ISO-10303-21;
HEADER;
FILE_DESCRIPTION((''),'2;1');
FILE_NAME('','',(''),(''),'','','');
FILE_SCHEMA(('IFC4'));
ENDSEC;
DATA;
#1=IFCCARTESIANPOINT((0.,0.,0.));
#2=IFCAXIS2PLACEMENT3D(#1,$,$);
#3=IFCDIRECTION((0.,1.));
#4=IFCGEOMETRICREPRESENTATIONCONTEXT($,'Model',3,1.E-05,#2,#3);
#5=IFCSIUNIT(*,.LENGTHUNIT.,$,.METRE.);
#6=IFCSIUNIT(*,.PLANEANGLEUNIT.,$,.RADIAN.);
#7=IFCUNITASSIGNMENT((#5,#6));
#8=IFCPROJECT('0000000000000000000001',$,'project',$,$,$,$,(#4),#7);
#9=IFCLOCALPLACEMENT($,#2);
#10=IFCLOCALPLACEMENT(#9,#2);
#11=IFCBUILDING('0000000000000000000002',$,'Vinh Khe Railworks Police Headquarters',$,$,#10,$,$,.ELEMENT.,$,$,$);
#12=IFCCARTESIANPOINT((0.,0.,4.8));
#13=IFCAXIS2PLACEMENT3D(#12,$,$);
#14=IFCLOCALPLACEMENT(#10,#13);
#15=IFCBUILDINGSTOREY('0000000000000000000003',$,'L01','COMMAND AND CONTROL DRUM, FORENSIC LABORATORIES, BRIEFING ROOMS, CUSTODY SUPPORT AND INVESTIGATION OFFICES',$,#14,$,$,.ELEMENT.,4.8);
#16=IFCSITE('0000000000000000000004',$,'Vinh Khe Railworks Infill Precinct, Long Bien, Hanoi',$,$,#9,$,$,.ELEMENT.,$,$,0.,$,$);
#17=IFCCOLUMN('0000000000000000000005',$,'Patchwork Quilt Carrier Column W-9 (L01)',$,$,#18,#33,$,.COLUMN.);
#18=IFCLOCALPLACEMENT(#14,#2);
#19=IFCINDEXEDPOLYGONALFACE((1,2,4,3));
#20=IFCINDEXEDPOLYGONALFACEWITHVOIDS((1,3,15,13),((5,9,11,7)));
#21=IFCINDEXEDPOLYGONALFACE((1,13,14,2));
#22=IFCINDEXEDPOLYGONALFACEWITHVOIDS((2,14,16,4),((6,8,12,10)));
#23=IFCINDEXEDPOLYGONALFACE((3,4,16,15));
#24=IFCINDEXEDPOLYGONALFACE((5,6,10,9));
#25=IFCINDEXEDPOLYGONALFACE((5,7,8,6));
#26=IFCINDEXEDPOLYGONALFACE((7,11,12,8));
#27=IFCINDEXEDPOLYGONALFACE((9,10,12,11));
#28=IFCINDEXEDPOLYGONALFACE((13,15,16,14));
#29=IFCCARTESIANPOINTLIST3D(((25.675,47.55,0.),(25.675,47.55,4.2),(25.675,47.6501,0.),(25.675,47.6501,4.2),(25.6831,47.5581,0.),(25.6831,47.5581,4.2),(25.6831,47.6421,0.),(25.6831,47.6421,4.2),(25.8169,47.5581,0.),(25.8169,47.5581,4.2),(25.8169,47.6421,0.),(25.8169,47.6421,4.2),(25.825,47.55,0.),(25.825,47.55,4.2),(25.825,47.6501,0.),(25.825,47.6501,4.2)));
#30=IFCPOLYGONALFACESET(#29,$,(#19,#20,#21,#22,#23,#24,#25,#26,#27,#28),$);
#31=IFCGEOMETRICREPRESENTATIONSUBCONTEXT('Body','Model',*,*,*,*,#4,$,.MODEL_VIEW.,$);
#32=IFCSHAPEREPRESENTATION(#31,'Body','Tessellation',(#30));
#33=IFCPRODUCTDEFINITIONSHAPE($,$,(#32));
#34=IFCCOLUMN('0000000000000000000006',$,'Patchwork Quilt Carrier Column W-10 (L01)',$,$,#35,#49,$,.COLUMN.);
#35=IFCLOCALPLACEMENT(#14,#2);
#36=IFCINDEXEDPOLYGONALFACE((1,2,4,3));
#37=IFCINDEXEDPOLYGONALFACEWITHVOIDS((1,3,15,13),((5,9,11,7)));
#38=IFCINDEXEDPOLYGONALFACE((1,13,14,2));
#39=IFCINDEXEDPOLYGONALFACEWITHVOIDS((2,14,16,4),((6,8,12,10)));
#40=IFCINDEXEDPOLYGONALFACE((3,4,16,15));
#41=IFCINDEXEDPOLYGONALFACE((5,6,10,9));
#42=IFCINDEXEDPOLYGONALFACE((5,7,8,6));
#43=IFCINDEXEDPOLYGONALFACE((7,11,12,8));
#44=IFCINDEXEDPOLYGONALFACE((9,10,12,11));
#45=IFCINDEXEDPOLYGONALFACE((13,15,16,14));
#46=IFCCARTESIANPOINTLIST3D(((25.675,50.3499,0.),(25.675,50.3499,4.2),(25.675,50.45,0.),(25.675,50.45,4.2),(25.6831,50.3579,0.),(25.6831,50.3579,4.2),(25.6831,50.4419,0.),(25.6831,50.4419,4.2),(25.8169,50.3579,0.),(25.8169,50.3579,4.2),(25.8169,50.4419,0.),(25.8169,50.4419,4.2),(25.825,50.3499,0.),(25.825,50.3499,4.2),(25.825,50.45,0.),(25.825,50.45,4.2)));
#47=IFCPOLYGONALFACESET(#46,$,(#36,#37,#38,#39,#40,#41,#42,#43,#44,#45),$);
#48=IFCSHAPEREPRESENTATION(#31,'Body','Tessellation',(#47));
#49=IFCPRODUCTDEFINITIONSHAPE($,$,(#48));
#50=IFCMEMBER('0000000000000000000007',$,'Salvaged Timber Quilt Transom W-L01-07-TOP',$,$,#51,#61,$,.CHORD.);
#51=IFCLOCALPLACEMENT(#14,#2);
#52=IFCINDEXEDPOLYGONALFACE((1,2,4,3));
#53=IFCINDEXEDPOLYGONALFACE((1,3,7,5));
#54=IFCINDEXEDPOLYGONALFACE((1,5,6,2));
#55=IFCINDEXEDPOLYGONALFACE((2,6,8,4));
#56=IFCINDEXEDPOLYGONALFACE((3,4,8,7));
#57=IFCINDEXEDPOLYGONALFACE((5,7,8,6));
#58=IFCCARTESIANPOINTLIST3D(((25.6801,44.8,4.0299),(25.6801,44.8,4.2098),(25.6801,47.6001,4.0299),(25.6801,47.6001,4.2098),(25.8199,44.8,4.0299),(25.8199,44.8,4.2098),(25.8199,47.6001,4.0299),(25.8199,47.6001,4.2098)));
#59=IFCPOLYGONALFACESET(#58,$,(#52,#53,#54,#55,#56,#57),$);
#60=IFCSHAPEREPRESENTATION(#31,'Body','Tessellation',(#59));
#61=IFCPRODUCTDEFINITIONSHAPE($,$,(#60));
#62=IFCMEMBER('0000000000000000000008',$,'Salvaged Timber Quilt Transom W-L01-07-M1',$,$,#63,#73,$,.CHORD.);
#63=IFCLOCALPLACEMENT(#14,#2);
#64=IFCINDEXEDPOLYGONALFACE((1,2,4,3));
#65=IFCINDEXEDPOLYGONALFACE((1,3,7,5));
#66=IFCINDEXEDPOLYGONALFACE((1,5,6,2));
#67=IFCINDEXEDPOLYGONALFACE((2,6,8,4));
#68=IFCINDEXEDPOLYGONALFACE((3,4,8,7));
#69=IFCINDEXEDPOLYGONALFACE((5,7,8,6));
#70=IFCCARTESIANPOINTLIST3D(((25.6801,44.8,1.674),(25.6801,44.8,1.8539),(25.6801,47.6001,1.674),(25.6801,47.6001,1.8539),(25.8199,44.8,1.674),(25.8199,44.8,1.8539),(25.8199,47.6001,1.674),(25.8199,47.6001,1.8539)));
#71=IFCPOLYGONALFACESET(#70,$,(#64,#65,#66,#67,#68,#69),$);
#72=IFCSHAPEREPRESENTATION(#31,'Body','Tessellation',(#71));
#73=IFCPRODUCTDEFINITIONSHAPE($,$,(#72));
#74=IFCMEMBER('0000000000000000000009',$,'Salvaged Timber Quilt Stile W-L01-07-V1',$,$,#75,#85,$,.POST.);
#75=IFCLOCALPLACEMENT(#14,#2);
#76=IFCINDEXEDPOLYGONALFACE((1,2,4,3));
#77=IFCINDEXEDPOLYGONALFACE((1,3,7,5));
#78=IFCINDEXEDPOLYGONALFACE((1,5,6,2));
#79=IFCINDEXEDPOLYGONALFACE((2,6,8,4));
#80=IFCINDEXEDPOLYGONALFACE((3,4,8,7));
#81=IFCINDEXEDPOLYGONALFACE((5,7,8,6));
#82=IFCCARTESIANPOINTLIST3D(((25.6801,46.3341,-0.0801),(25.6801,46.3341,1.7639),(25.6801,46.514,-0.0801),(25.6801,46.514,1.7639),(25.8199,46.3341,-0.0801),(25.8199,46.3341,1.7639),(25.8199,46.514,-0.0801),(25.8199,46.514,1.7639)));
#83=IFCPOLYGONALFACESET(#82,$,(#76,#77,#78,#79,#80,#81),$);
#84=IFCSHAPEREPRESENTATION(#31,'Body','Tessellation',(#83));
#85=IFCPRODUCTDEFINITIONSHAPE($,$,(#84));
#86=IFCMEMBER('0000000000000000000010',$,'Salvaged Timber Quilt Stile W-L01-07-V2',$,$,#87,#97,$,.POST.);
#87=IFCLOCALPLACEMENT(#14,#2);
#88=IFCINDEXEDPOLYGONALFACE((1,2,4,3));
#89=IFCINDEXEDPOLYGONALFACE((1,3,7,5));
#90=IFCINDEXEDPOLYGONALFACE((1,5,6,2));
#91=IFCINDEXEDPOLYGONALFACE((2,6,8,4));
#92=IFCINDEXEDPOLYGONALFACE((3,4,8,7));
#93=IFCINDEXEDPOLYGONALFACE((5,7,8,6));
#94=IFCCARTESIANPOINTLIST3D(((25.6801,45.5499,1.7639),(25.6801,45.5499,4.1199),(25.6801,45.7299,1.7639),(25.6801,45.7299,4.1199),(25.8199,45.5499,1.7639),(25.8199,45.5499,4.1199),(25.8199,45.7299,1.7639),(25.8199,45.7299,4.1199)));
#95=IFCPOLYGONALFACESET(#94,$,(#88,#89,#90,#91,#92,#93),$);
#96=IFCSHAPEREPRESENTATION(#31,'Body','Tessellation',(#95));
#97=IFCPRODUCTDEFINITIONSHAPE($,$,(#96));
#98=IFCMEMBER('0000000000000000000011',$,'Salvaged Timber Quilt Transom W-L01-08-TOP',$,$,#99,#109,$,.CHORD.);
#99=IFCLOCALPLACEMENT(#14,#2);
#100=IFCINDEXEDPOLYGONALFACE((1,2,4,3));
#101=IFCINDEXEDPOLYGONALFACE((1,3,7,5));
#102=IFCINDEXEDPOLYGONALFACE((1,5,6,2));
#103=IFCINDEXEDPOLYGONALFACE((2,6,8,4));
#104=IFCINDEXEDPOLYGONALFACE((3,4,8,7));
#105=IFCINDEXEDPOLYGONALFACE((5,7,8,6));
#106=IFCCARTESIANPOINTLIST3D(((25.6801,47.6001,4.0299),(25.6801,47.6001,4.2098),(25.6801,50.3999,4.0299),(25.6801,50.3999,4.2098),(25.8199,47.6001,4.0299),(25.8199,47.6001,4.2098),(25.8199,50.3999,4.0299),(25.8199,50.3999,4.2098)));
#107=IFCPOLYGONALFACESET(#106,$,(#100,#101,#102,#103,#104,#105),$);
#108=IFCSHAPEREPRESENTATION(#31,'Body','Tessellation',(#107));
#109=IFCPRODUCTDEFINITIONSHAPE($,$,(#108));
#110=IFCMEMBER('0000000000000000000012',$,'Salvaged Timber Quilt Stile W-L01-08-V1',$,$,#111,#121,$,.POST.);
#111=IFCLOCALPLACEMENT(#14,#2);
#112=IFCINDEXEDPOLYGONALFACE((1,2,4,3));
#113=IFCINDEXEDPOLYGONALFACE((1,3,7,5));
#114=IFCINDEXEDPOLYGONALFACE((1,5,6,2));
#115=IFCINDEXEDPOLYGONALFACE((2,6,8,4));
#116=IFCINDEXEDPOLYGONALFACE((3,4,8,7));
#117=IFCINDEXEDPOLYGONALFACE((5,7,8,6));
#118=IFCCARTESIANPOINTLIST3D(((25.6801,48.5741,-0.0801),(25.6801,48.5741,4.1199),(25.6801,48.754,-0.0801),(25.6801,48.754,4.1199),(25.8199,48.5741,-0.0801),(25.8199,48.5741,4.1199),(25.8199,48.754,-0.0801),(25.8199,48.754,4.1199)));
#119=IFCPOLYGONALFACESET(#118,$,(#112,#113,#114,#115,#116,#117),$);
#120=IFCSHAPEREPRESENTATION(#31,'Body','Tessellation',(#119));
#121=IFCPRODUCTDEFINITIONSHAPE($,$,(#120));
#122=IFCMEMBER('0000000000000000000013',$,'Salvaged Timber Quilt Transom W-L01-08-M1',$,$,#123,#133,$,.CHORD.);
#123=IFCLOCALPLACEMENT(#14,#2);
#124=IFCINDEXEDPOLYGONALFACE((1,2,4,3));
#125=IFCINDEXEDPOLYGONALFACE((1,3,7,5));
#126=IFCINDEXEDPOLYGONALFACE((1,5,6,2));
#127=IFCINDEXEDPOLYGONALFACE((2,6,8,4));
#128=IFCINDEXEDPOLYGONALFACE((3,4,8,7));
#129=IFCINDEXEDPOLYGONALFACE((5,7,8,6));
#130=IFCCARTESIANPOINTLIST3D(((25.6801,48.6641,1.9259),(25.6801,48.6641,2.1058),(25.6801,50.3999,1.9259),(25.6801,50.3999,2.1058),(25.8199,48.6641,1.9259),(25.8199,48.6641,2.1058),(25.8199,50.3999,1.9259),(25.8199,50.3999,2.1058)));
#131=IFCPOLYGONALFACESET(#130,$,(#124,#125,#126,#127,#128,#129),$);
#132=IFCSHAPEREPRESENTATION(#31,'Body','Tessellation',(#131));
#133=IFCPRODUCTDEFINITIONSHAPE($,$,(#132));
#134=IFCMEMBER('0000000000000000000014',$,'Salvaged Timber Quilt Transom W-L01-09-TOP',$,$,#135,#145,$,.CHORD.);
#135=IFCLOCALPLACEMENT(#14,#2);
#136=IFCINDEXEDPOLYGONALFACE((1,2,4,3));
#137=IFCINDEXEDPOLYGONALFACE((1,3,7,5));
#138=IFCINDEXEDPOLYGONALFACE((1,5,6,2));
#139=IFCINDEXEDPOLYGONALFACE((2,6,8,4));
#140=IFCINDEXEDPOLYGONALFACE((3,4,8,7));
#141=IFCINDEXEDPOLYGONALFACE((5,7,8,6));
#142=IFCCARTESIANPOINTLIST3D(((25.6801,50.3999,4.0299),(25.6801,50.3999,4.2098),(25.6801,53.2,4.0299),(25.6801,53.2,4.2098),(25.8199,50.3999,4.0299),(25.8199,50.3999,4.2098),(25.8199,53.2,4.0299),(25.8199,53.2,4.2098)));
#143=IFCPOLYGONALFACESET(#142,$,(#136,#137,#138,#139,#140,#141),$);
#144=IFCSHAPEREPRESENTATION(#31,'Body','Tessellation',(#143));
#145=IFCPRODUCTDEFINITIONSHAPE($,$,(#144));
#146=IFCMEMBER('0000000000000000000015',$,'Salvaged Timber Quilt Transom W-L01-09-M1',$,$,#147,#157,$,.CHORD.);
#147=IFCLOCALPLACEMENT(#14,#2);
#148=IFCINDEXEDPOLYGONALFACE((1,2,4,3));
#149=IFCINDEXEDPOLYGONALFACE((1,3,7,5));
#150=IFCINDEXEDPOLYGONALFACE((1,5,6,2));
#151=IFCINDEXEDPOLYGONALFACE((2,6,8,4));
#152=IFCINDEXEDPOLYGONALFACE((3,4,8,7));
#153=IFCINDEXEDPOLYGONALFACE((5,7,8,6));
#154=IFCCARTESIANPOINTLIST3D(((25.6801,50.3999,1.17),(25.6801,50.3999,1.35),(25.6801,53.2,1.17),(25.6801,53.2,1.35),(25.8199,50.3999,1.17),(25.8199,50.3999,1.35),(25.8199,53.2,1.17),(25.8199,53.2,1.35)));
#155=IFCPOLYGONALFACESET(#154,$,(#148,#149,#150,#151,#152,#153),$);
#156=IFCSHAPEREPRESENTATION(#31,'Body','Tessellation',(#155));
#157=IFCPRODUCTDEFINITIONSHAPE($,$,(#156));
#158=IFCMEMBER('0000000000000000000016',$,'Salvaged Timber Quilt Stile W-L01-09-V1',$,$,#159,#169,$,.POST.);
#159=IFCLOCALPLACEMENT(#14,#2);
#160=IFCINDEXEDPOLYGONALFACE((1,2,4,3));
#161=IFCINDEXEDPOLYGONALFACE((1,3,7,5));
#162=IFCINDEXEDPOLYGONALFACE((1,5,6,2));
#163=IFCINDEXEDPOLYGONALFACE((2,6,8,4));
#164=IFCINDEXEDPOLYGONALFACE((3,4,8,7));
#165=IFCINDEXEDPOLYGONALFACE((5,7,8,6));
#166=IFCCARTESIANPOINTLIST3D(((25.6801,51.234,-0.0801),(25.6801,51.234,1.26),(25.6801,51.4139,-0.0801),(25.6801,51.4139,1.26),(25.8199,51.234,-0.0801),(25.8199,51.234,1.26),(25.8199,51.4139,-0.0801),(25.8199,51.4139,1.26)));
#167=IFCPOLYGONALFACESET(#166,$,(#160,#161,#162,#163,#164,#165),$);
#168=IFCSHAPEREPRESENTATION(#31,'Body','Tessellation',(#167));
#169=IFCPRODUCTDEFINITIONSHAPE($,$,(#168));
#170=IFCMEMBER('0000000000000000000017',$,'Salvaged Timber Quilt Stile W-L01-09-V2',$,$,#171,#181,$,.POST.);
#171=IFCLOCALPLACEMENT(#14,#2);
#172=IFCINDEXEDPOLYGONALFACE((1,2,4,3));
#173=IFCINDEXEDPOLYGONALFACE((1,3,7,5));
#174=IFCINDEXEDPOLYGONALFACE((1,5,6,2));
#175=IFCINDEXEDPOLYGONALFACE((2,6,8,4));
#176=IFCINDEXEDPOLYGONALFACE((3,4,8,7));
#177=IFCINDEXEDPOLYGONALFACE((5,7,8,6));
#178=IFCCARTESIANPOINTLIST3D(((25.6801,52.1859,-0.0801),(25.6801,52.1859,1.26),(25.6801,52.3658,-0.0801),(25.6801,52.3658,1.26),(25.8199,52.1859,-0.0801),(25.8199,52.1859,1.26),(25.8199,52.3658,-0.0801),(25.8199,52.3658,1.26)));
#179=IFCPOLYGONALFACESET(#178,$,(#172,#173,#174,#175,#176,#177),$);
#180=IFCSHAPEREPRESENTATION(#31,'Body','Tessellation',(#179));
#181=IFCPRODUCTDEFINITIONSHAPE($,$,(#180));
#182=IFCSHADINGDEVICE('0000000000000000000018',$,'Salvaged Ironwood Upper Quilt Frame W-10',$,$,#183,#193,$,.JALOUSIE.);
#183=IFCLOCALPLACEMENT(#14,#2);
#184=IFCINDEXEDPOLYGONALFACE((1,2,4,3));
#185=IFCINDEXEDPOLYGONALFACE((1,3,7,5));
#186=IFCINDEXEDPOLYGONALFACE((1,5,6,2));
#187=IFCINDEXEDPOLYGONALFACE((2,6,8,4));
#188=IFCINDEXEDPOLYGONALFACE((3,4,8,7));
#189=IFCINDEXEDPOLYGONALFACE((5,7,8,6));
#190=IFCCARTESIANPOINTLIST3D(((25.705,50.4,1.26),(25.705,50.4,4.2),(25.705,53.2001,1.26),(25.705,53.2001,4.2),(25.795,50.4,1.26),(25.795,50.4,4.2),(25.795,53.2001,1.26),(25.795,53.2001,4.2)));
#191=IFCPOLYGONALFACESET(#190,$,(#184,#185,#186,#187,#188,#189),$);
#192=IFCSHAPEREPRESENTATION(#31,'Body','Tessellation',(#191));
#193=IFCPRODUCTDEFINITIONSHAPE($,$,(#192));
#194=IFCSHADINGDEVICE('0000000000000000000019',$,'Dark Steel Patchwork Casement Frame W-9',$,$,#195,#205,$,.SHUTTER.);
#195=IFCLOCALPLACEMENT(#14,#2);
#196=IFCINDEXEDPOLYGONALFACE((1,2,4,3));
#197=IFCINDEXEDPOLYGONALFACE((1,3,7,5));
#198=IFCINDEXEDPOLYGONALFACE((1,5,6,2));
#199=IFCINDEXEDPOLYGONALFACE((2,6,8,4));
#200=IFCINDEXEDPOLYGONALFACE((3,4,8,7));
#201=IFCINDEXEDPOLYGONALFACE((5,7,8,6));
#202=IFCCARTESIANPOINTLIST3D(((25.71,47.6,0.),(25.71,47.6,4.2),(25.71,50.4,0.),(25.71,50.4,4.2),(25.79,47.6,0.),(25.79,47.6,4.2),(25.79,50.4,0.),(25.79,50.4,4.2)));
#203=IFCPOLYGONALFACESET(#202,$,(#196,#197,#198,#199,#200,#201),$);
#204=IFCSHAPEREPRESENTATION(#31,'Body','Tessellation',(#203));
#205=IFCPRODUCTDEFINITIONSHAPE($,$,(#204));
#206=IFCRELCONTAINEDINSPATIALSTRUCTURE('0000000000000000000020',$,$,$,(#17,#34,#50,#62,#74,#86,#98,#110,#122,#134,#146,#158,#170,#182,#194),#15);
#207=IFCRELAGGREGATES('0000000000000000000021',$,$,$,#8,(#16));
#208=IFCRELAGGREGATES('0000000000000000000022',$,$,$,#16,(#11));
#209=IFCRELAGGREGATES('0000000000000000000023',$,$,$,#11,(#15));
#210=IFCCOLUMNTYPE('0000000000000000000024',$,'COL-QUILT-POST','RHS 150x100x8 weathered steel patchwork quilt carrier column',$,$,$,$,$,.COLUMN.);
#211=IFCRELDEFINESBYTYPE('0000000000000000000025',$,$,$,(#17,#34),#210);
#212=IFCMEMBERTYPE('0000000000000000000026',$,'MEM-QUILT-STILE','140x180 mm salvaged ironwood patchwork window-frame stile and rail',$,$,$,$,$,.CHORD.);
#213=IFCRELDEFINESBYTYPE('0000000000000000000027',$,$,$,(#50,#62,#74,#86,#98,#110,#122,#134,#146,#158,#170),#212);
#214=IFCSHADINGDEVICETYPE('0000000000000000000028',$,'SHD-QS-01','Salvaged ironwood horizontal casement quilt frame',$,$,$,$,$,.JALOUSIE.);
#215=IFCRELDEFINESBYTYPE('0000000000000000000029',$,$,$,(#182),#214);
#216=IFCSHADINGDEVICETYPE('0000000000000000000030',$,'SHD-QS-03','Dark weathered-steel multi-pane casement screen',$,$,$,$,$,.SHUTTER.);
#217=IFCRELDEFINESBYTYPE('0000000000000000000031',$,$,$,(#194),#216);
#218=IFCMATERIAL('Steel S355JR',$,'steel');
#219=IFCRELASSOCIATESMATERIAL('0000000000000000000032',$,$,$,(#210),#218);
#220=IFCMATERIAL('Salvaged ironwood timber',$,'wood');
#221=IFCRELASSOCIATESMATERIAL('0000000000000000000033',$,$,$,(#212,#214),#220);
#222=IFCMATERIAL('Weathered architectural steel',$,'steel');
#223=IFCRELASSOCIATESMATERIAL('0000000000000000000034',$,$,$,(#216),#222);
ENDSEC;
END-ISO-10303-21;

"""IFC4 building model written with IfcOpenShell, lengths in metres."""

from ifc_helpers import new_model, si_unit, direction, frame, origin, origin_2d, place, context, subcontext, project, spatial, rectangle, hollow_rectangle, extrude, material, material_profile, profile_set, type_object, element, save


model = new_model("IFC4")

# Units and contexts
model_context = context("Model", 3, precision=1e-05, world=origin(), true_north=direction((0.0, 1.0)))
body_context = subcontext(model_context, "Body", "Model", "MODEL_VIEW")
ifc_project = project(units=[si_unit("LENGTHUNIT", "METRE"), si_unit("PLANEANGLEUNIT", "RADIAN")], contexts=[model_context])

# Site, building, storey
site_placement = place(None, origin())
site = spatial("IfcSite", under=ifc_project, at=site_placement, Name="Vinh Khe Railworks Infill Precinct, Long Bien, Hanoi", CompositionType="ELEMENT", RefElevation=0.0)
building_placement = place(site_placement, origin())
building = spatial("IfcBuilding", under=site, at=building_placement, Name="Vinh Khe Railworks Police Headquarters", CompositionType="ELEMENT")
storey_placement = place(building_placement, frame((0.0, 0.0, 4.8)))
storey = spatial("IfcBuildingStorey", under=building, at=storey_placement, Name="L01", Description="COMMAND AND CONTROL DRUM, FORENSIC LABORATORIES, BRIEFING ROOMS, CUSTODY SUPPORT AND INVESTIGATION OFFICES", CompositionType="ELEMENT", Elevation=4.8)

# Columns
ifc_material_1 = material(Name="Steel S355JR", Category="steel")
ifc_material_profile_1 = material_profile(ifc_material_1, hollow_rectangle(XDim=0.1499, YDim=0.1001, WallThickness=0.0081, at=origin_2d()), Name="RHS 150x100x8")
ifc_profile_set_1 = profile_set([ifc_material_profile_1], Name="Steel S355JR")
column_type = type_object("IfcColumnType", Name="COL-QUILT-POST", Description="RHS 150x100x8 weathered steel patchwork quilt carrier column", PredefinedType="COLUMN", material=ifc_profile_set_1)
for number, where, z_axis, x_axis, name in (
    (1, (25.75, 47.6001, 0.0), (0.0, 0.0, 1.0), (1.0, 0.0, 0.0), "Patchwork Quilt Carrier Column W-9 (L01)"),
    (2, (25.75, 50.3999, 0.0), (0.0, 0.0, 1.0), (1.0, 0.0, 0.0), "Patchwork Quilt Carrier Column W-10 (L01)"),
):
    element("IfcColumn", number, at=place(storey_placement, frame(where, z_axis=z_axis, x_axis=x_axis)), inside=storey, type_object=column_type, Name=name, PredefinedType="COLUMN", context=body_context, shape_type="SweptSolid", body=[
        extrude(hollow_rectangle(XDim=0.1499, YDim=0.1001, WallThickness=0.0081, at=origin_2d()), origin(), (0.0, 0.0, 1.0), 4.2),
    ])

# Members
ifc_material_2 = material(Name="Salvaged ironwood timber", Category="wood")
ifc_material_profile_2 = material_profile(ifc_material_2, rectangle(XDim=0.1399, YDim=0.1799, at=origin_2d()), Name="TIMBER 140x180")
ifc_profile_set_2 = profile_set([ifc_material_profile_2], Name="Salvaged ironwood timber")
member_type = type_object("IfcMemberType", Name="MEM-QUILT-STILE", Description="140x180 mm salvaged ironwood patchwork window-frame stile and rail", PredefinedType="CHORD", material=ifc_profile_set_2)
for number, where, z_axis, x_axis, name in (
    (3, (25.75, 44.8, 4.1199), (0.0, 1.0, 0.0), (-1.0, 0.0, 0.0), "Salvaged Timber Quilt Transom W-L01-07-TOP"),
    (4, (25.75, 44.8, 1.7639), (0.0, 1.0, 0.0), (-1.0, 0.0, 0.0), "Salvaged Timber Quilt Transom W-L01-07-M1"),
):
    element("IfcMember", number, at=place(storey_placement, frame(where, z_axis=z_axis, x_axis=x_axis)), inside=storey, type_object=member_type, Name=name, PredefinedType="CHORD", context=body_context, shape_type="SweptSolid", body=[
        extrude(rectangle(XDim=0.1399, YDim=0.1799, at=origin_2d()), origin(), (0.0, 0.0, 1.0), 2.8),
    ])
member_1_placement = place(storey_placement, frame((25.75, 46.4241, -0.0801), z_axis=(0.0, 0.0, 1.0), x_axis=(1.0, 0.0, 0.0)))
element("IfcMember", 5, at=member_1_placement, inside=storey, type_object=member_type, Name="Salvaged Timber Quilt Stile W-L01-07-V1", PredefinedType="POST", context=body_context, shape_type="SweptSolid", body=[
    extrude(rectangle(XDim=0.1399, YDim=0.1799, at=origin_2d()), origin(), (0.0, 0.0, 1.0), 1.844),
])
member_2_placement = place(storey_placement, frame((25.75, 45.6399, 1.7639), z_axis=(0.0, 0.0, 1.0), x_axis=(1.0, 0.0, 0.0)))
element("IfcMember", 6, at=member_2_placement, inside=storey, type_object=member_type, Name="Salvaged Timber Quilt Stile W-L01-07-V2", PredefinedType="POST", context=body_context, shape_type="SweptSolid", body=[
    extrude(rectangle(XDim=0.1399, YDim=0.1799, at=origin_2d()), origin(), (0.0, 0.0, 1.0), 2.356),
])
member_3_placement = place(storey_placement, frame((25.75, 47.6001, 4.1199), z_axis=(0.0, 1.0, 0.0), x_axis=(-1.0, 0.0, 0.0)))
element("IfcMember", 7, at=member_3_placement, inside=storey, type_object=member_type, Name="Salvaged Timber Quilt Transom W-L01-08-TOP", PredefinedType="CHORD", context=body_context, shape_type="SweptSolid", body=[
    extrude(rectangle(XDim=0.1399, YDim=0.1799, at=origin_2d()), origin(), (0.0, 0.0, 1.0), 2.7998),
])
member_4_placement = place(storey_placement, frame((25.75, 48.6641, -0.0801), z_axis=(0.0, 0.0, 1.0), x_axis=(1.0, 0.0, 0.0)))
element("IfcMember", 8, at=member_4_placement, inside=storey, type_object=member_type, Name="Salvaged Timber Quilt Stile W-L01-08-V1", PredefinedType="POST", context=body_context, shape_type="SweptSolid", body=[
    extrude(rectangle(XDim=0.1399, YDim=0.1799, at=origin_2d()), origin(), (0.0, 0.0, 1.0), 4.2),
])
member_5_placement = place(storey_placement, frame((25.75, 48.6641, 2.0159), z_axis=(0.0, 1.0, 0.0), x_axis=(-1.0, 0.0, 0.0)))
element("IfcMember", 9, at=member_5_placement, inside=storey, type_object=member_type, Name="Salvaged Timber Quilt Transom W-L01-08-M1", PredefinedType="CHORD", context=body_context, shape_type="SweptSolid", body=[
    extrude(rectangle(XDim=0.1399, YDim=0.1799, at=origin_2d()), origin(), (0.0, 0.0, 1.0), 1.7358),
])
for number, where, z_axis, x_axis, name in (
    (10, (25.75, 50.3999, 4.1199), (0.0, 1.0, 0.0), (-1.0, 0.0, 0.0), "Salvaged Timber Quilt Transom W-L01-09-TOP"),
    (11, (25.75, 50.3999, 1.26), (0.0, 1.0, 0.0), (-1.0, 0.0, 0.0), "Salvaged Timber Quilt Transom W-L01-09-M1"),
):
    element("IfcMember", number, at=place(storey_placement, frame(where, z_axis=z_axis, x_axis=x_axis)), inside=storey, type_object=member_type, Name=name, PredefinedType="CHORD", context=body_context, shape_type="SweptSolid", body=[
        extrude(rectangle(XDim=0.1399, YDim=0.1799, at=origin_2d()), origin(), (0.0, 0.0, 1.0), 2.8),
    ])
for number, where, z_axis, x_axis, name in (
    (12, (25.75, 51.324, -0.0801), (0.0, 0.0, 1.0), (1.0, 0.0, 0.0), "Salvaged Timber Quilt Stile W-L01-09-V1"),
    (13, (25.75, 52.2759, -0.0801), (0.0, 0.0, 1.0), (1.0, 0.0, 0.0), "Salvaged Timber Quilt Stile W-L01-09-V2"),
):
    element("IfcMember", number, at=place(storey_placement, frame(where, z_axis=z_axis, x_axis=x_axis)), inside=storey, type_object=member_type, Name=name, PredefinedType="POST", context=body_context, shape_type="SweptSolid", body=[
        extrude(rectangle(XDim=0.1399, YDim=0.1799, at=origin_2d()), origin(), (0.0, 0.0, 1.0), 1.3401),
    ])

# Shading devices
shading_device_type_1 = type_object("IfcShadingDeviceType", Name="SHD-QS-01", Description="Salvaged ironwood horizontal casement quilt frame", PredefinedType="JALOUSIE", material=ifc_material_2)
shading_device_1_placement = place(storey_placement, frame((25.75, 51.8, 1.26), z_axis=(0.0, 0.0, 1.0), x_axis=(0.0, 1.0, 0.0)))
element("IfcShadingDevice", 14, at=shading_device_1_placement, inside=storey, type_object=shading_device_type_1, Name="Salvaged Ironwood Upper Quilt Frame W-10", PredefinedType="JALOUSIE", context=body_context, shape_type="SweptSolid", body=[
    extrude(rectangle(XDim=2.8, YDim=0.0901, at=origin_2d()), origin(), (0.0, 0.0, 1.0), 2.9399),
])
ifc_material_3 = material(Name="Weathered architectural steel", Category="steel")
shading_device_type_2 = type_object("IfcShadingDeviceType", Name="SHD-QS-03", Description="Dark weathered-steel multi-pane casement screen", PredefinedType="SHUTTER", material=ifc_material_3)
shading_device_2_placement = place(storey_placement, frame((25.75, 49.0, 0.0), z_axis=(0.0, 0.0, 1.0), x_axis=(0.0, 1.0, 0.0)))
element("IfcShadingDevice", 15, at=shading_device_2_placement, inside=storey, type_object=shading_device_type_2, Name="Dark Steel Patchwork Casement Frame W-9", PredefinedType="SHUTTER", context=body_context, shape_type="SweptSolid", body=[
    extrude(rectangle(XDim=2.8, YDim=0.0801, at=origin_2d()), origin(), (0.0, 0.0, 1.0), 4.2),
])

save(model, "model.ifc")
